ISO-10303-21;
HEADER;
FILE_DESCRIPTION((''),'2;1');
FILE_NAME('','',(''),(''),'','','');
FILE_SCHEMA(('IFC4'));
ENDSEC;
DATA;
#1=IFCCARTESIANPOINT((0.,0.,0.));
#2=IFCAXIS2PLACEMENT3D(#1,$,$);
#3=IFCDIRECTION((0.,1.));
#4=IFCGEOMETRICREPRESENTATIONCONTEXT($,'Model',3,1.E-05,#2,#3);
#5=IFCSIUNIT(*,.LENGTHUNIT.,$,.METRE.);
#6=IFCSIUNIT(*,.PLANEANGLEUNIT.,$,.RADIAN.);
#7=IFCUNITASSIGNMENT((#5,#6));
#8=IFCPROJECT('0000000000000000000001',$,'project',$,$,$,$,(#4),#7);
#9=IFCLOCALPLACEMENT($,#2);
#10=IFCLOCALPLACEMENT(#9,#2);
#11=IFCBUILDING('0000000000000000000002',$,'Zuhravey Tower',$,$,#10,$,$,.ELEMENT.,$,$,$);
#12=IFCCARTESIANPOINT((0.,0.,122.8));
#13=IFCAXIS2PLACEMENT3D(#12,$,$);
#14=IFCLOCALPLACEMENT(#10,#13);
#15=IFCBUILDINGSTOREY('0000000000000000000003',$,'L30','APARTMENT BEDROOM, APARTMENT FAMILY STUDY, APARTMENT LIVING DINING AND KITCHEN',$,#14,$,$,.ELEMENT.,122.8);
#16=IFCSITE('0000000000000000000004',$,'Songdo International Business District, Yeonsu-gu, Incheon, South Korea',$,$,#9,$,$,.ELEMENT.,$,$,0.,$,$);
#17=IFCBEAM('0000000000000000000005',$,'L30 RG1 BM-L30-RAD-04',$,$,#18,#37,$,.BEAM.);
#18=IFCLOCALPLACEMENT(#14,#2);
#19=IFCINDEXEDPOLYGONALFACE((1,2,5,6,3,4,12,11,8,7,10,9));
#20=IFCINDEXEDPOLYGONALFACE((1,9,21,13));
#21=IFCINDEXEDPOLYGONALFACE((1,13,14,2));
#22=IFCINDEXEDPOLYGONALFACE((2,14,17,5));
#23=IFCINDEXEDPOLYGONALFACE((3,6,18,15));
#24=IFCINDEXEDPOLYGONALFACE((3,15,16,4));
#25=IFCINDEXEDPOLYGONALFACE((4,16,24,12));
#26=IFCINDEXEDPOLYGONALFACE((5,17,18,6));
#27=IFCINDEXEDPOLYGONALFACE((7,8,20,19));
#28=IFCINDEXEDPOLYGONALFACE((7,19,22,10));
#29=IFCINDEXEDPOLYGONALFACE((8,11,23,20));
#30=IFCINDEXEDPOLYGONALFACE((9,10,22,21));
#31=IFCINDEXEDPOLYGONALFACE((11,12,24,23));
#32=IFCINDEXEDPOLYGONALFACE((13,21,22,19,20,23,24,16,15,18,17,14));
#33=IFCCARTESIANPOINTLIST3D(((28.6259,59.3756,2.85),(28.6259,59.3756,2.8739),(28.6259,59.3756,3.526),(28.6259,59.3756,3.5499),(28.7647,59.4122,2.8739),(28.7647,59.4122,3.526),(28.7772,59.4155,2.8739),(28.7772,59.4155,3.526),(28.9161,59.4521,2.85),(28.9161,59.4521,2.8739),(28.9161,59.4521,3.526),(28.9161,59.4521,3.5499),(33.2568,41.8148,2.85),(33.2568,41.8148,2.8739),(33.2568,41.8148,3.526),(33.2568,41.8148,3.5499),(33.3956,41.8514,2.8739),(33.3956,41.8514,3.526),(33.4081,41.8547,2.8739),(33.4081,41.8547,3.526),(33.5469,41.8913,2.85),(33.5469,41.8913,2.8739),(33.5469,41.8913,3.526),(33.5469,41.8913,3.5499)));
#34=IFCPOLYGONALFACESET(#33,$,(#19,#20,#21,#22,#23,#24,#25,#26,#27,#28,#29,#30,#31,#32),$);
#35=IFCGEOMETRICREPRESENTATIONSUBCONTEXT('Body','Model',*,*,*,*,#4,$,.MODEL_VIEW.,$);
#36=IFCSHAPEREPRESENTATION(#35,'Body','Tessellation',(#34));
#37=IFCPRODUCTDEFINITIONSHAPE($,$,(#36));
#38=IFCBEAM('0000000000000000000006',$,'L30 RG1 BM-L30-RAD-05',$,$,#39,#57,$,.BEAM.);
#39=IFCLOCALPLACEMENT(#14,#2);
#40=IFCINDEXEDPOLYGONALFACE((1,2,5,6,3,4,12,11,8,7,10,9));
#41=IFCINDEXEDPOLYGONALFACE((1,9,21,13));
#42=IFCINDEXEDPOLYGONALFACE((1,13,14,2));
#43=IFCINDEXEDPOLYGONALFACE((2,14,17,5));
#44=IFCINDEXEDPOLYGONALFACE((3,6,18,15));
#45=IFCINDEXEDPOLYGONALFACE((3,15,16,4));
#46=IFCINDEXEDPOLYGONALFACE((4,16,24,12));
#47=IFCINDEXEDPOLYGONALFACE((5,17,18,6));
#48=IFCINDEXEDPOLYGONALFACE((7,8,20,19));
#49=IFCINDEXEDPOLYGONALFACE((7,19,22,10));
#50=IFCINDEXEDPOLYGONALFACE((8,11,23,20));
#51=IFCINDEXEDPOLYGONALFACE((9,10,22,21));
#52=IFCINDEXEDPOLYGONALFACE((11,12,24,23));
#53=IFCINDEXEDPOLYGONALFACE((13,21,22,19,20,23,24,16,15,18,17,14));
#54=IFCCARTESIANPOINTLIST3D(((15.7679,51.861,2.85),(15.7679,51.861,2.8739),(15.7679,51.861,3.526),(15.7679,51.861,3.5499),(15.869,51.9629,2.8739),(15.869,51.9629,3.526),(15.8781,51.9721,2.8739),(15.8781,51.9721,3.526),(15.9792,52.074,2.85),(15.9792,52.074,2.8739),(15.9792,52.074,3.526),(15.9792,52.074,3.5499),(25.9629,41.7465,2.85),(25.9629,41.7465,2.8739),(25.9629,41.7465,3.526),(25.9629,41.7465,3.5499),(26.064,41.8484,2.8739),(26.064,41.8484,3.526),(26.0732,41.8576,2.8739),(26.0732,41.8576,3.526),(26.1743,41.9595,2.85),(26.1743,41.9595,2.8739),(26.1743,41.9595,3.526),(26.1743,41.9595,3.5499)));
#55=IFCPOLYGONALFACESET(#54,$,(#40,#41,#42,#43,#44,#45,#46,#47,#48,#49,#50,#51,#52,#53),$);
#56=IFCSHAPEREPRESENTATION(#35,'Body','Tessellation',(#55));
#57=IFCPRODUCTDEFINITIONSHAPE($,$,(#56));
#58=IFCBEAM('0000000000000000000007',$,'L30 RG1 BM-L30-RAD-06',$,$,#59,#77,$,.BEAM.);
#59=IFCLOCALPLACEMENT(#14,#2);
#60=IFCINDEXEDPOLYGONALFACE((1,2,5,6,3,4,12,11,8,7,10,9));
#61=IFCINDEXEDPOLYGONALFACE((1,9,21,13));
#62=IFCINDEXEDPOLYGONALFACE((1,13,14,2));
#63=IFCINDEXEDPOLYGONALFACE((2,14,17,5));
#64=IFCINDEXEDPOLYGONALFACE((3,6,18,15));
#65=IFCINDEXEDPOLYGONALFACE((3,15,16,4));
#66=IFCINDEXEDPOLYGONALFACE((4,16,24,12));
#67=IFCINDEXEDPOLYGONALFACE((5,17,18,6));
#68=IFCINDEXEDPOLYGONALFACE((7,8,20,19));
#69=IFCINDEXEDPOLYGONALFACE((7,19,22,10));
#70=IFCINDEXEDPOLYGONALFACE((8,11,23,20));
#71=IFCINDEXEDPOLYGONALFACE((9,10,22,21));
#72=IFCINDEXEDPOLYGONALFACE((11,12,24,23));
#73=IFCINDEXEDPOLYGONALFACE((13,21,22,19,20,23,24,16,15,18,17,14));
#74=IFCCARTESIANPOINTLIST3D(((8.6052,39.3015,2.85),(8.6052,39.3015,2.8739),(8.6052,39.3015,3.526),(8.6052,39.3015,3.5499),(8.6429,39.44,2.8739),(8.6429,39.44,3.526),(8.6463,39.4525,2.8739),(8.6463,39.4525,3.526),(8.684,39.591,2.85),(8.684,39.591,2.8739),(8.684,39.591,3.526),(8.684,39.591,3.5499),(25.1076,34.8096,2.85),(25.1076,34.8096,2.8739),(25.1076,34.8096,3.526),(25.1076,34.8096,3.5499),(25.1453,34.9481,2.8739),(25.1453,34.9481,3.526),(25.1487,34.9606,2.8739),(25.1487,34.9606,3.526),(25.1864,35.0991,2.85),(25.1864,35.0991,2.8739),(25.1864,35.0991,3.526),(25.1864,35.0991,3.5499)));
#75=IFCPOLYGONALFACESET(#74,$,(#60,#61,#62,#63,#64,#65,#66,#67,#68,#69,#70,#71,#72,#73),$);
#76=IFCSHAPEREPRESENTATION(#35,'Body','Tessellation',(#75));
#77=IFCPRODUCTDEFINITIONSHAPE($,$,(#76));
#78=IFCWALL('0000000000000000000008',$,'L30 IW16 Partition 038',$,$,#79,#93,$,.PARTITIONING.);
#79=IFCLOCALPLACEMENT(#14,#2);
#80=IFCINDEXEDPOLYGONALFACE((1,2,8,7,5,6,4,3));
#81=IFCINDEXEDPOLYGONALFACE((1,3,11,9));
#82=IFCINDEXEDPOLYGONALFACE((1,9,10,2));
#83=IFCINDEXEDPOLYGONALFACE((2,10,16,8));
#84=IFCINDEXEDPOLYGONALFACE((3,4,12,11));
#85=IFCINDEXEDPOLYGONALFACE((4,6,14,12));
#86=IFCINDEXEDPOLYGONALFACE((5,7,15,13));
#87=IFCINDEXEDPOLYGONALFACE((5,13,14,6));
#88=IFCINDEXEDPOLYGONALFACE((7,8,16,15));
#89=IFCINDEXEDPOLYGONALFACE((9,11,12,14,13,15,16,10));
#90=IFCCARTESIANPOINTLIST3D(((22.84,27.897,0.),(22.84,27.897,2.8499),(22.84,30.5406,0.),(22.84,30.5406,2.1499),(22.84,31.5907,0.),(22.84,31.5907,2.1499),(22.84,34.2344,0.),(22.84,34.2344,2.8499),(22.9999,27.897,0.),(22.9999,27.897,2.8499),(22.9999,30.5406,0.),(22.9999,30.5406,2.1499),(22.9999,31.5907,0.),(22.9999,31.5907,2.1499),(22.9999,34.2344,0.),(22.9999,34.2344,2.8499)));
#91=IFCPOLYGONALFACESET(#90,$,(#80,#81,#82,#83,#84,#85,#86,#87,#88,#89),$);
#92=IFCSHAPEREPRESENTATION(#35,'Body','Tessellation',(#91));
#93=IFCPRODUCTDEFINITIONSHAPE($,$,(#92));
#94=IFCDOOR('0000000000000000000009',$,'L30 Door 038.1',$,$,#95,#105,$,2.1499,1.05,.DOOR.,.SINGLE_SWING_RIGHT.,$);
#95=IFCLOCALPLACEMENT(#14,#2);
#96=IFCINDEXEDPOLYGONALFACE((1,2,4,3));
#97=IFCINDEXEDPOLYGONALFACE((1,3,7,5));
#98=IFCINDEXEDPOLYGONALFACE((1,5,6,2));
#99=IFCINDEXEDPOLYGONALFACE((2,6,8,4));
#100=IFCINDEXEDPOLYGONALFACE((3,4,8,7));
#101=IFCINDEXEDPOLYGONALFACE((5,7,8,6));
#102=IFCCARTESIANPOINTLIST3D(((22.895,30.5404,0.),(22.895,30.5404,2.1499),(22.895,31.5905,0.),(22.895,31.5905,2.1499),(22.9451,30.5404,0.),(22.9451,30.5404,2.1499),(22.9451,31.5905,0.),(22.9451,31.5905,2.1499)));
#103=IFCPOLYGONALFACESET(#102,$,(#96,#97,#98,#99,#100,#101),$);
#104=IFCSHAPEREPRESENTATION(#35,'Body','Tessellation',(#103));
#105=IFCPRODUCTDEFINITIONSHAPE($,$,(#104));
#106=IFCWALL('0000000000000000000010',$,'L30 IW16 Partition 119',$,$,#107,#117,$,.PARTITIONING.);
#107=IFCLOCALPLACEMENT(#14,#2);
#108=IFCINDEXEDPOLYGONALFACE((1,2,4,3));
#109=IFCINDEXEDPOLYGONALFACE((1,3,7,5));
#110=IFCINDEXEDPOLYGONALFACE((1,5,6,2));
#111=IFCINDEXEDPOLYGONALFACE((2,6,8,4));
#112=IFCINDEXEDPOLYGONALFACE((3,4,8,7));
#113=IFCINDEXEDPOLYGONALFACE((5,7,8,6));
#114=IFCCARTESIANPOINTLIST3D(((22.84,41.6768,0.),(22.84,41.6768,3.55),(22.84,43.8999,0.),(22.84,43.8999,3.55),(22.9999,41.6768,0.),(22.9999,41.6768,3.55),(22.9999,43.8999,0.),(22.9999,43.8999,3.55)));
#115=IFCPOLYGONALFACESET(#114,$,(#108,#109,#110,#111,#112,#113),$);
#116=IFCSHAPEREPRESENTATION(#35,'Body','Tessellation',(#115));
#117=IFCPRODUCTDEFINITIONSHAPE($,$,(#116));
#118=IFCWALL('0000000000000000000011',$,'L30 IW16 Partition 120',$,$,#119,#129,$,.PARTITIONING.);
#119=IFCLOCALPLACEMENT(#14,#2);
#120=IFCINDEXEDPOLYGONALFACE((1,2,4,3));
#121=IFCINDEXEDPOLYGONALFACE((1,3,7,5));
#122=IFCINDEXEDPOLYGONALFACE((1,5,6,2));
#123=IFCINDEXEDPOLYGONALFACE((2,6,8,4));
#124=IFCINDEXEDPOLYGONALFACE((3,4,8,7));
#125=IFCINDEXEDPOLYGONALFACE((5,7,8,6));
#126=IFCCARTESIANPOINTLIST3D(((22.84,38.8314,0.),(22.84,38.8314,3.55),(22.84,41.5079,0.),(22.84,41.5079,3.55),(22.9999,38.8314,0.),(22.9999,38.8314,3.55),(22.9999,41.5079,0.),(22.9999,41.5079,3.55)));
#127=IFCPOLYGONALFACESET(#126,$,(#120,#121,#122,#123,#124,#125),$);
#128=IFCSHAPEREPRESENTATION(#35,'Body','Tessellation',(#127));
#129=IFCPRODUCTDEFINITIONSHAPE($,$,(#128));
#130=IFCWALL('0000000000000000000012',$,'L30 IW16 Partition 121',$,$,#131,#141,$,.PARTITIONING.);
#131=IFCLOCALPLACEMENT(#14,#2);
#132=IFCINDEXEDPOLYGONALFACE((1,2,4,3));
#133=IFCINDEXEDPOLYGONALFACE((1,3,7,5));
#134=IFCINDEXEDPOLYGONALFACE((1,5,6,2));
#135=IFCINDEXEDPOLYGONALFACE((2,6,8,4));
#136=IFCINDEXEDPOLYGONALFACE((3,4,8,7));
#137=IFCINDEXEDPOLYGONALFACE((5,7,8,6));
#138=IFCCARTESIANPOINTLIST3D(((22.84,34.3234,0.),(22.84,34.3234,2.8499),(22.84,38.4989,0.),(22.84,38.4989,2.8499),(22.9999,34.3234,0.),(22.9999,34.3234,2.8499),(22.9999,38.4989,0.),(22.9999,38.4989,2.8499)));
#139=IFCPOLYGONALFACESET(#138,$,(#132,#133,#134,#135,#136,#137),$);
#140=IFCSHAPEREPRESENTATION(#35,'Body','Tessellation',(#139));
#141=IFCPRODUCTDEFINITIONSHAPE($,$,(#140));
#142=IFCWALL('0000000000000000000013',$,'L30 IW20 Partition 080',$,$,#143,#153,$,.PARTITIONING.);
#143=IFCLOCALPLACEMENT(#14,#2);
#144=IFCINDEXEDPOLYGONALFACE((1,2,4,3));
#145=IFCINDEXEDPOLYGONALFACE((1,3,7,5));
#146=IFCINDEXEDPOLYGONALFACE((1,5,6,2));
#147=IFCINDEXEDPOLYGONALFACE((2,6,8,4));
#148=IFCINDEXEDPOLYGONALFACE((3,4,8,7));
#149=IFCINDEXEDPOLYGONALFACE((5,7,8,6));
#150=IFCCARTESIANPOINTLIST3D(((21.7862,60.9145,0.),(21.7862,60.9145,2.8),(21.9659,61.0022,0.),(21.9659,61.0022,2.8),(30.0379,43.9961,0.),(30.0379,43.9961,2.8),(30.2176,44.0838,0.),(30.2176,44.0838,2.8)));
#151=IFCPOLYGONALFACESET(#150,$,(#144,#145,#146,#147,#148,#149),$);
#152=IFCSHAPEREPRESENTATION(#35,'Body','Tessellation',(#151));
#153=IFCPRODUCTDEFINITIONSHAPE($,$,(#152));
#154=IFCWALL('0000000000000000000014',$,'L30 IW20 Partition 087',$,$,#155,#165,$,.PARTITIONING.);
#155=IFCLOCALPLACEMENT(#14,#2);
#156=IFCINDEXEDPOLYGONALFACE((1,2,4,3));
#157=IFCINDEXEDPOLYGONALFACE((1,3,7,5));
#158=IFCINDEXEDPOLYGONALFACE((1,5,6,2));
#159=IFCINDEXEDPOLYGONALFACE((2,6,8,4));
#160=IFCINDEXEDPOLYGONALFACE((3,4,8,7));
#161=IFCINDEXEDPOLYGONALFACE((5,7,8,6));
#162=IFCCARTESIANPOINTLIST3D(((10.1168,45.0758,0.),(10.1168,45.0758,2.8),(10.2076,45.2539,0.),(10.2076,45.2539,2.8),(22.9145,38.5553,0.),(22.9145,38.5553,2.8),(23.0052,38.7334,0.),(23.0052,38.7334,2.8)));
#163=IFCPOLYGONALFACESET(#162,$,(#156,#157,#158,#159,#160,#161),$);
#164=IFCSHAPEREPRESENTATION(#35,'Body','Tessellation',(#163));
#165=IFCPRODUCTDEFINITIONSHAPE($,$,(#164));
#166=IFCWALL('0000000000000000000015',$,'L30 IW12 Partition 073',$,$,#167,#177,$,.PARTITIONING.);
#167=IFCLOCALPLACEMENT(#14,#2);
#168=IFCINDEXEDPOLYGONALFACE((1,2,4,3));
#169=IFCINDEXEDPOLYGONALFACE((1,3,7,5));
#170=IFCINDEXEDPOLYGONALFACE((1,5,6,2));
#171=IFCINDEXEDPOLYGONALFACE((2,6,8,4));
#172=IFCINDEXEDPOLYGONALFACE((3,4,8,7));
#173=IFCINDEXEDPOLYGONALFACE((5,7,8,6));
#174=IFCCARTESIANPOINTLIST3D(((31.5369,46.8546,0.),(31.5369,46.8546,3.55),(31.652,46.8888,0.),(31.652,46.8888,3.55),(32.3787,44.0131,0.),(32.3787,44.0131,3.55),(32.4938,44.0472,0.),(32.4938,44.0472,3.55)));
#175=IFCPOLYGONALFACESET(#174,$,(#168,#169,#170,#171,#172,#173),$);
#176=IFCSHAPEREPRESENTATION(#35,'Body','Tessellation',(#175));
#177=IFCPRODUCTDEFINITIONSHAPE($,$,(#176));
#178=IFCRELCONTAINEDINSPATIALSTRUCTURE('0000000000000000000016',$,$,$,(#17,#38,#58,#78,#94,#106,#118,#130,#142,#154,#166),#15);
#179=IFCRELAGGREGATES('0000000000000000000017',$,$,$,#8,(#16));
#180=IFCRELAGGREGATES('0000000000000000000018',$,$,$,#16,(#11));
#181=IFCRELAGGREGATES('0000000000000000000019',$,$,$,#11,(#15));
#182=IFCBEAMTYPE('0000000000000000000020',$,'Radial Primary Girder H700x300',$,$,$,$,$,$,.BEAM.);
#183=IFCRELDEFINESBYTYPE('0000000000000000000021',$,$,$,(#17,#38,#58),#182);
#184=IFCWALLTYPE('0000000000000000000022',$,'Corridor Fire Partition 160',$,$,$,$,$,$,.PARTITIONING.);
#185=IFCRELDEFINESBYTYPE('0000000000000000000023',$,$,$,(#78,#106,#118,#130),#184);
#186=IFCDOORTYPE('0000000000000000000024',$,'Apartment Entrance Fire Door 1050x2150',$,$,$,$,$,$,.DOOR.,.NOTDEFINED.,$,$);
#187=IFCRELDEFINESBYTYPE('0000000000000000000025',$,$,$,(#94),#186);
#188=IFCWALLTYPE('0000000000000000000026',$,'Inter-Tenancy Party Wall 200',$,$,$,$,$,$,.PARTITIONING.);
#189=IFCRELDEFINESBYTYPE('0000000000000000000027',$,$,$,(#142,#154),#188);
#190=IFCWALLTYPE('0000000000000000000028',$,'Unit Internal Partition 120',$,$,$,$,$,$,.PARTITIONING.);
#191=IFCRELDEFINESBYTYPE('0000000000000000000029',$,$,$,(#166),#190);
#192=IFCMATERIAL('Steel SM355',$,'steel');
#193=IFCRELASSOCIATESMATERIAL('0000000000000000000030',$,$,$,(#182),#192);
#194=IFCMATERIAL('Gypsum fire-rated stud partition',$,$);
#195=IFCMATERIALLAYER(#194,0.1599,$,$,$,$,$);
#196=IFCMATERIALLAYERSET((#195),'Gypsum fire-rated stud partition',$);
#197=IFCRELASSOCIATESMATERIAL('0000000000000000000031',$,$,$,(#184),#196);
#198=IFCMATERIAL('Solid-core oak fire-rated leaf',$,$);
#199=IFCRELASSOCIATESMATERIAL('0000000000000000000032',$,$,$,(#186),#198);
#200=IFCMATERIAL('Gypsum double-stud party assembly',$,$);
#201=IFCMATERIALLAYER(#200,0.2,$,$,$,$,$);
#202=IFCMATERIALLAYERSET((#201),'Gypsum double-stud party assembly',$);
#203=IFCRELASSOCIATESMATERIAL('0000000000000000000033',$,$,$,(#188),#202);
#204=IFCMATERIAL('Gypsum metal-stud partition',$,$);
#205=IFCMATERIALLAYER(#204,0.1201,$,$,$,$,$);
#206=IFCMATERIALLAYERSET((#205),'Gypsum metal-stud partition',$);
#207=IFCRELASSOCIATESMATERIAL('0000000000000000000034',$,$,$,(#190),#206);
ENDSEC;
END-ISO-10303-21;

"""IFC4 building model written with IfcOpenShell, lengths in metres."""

from ifc_helpers import new_model, si_unit, direction, frame, frame_2d, origin, origin_2d, place, context, subcontext, project, spatial, rectangle, i_section, extrude, material, layer, layer_set, material_profile, profile_set, type_object, element, fill, save


model = new_model("IFC4")

# Units and contexts
model_context = context("Model", 3, precision=1e-05, world=origin(), true_north=direction((0.0, 1.0)))
body_context = subcontext(model_context, "Body", "Model", "MODEL_VIEW")
ifc_project = project(units=[si_unit("LENGTHUNIT", "METRE"), si_unit("PLANEANGLEUNIT", "RADIAN")], contexts=[model_context])

# Site, building, storey
site_placement = place(None, origin())
site = spatial("IfcSite", under=ifc_project, at=site_placement, Name="Songdo International Business District, Yeonsu-gu, Incheon, South Korea", CompositionType="ELEMENT", RefElevation=0.0)
building_placement = place(site_placement, origin())
building = spatial("IfcBuilding", under=site, at=building_placement, Name="Zuhravey Tower", CompositionType="ELEMENT")
storey_placement = place(building_placement, frame((0.0, 0.0, 122.8)))
storey = spatial("IfcBuildingStorey", under=building, at=storey_placement, Name="L30", Description="APARTMENT BEDROOM, APARTMENT FAMILY STUDY, APARTMENT LIVING DINING AND KITCHEN", CompositionType="ELEMENT", Elevation=122.8)

# Beams
ifc_material_1 = material(Name="Steel SM355", Category="steel")
ifc_material_profile = material_profile(ifc_material_1, i_section(OverallWidth=0.3, OverallDepth=0.7, WebThickness=0.0129, FlangeThickness=0.0239, at=origin_2d()), Name="H-700x300x13x24")
ifc_profile_set = profile_set([ifc_material_profile], Name="Steel SM355")
beam_type = type_object("IfcBeamType", Name="Radial Primary Girder H700x300", PredefinedType="BEAM", material=ifc_profile_set)
beam_1_placement = place(storey_placement, frame((33.4019, 41.853, 3.2), z_axis=(-0.254988, 0.966944, 0.0), x_axis=(-0.966944, -0.254988, 0.0)))
element("IfcBeam", 1, at=beam_1_placement, inside=storey, type_object=beam_type, Name="L30 RG1 BM-L30-RAD-04", PredefinedType="BEAM", context=body_context, shape_type="SweptSolid", body=[
    extrude(i_section(OverallWidth=0.3, OverallDepth=0.7, WebThickness=0.0129, FlangeThickness=0.0239, at=origin_2d()), origin(), (0.0, 0.0, 1.0), 18.1611),
])
beam_2_placement = place(storey_placement, frame((26.0686, 41.853, 3.2), z_axis=(-0.709906, 0.704296, 0.0), x_axis=(-0.704296, -0.709906, 0.0)))
element("IfcBeam", 2, at=beam_2_placement, inside=storey, type_object=beam_type, Name="L30 RG1 BM-L30-RAD-05", PredefinedType="BEAM", context=body_context, shape_type="SweptSolid", body=[
    extrude(i_section(OverallWidth=0.3, OverallDepth=0.7, WebThickness=0.0129, FlangeThickness=0.0239, at=origin_2d()), origin(), (0.0, 0.0, 1.0), 14.3611),
])
beam_3_placement = place(storey_placement, frame((25.147, 34.9543, 3.2), z_axis=(-0.964893, 0.262643, 0.0), x_axis=(-0.262643, -0.964893, 0.0)))
element("IfcBeam", 3, at=beam_3_placement, inside=storey, type_object=beam_type, Name="L30 RG1 BM-L30-RAD-06", PredefinedType="BEAM", context=body_context, shape_type="SweptSolid", body=[
    extrude(i_section(OverallWidth=0.3, OverallDepth=0.7, WebThickness=0.0129, FlangeThickness=0.0239, at=origin_2d()), origin(), (0.0, 0.0, 1.0), 17.1028),
])

# Wall, opening, door
ifc_material_2 = material(Name="Gypsum fire-rated stud partition")
ifc_layer_1 = layer(ifc_material_2, 0.1599)
ifc_layer_set_1 = layer_set([ifc_layer_1], Name="Gypsum fire-rated stud partition")
wall_type_1 = type_object("IfcWallType", Name="Corridor Fire Partition 160", PredefinedType="PARTITIONING", material=ifc_layer_set_1)
wall_1_placement = place(storey_placement, frame((22.9199, 34.2344, 0.0), z_axis=(0.0, 0.0, 1.0), x_axis=(0.0, -1.0, 0.0)))
wall_1 = element("IfcWall", 4, at=wall_1_placement, inside=storey, type_object=wall_type_1, Name="L30 IW16 Partition 038", PredefinedType="PARTITIONING", context=body_context, shape_type="SweptSolid", body=[
    extrude(rectangle(XDim=6.3374, YDim=0.1599, at=frame_2d((3.1687, 0.0))), origin(), (0.0, 0.0, 1.0), 2.8499),
])
opening_placement = place(wall_1_placement, frame((2.6438, 0.0, 0.0)))
opening = element("IfcOpeningElement", 5, at=opening_placement, cuts=wall_1, PredefinedType="OPENING", context=body_context, shape_type="SweptSolid", body=[
    extrude(rectangle(XDim=1.05, YDim=2.1499, at=frame_2d((0.5249, 1.075))), frame((0.0, 0.092, 0.0), z_axis=(0.0, -1.0, 0.0), x_axis=(1.0, 0.0, 0.0)), (0.0, 0.0, 1.0), 0.1838),
])
ifc_material_3 = material(Name="Solid-core oak fire-rated leaf")
door_type = type_object("IfcDoorType", Name="Apartment Entrance Fire Door 1050x2150", OperationType="NOTDEFINED", PredefinedType="DOOR", material=ifc_material_3)
door_placement = place(opening_placement, frame((1.05, 0.0, 0.0), z_axis=(0.0, 0.0, 1.0), x_axis=(-1.0, 0.0, 0.0)))
door = element("IfcDoor", 6, at=door_placement, inside=storey, type_object=door_type, Name="L30 Door 038.1", OperationType="SINGLE_SWING_RIGHT", OverallHeight=2.1499, OverallWidth=1.05, PredefinedType="DOOR", context=body_context, shape_type="SweptSolid", body=[
    extrude(rectangle(XDim=1.05, YDim=2.1499, at=frame_2d((0.5249, 1.075))), frame((0.0, 0.0249, 0.0), z_axis=(0.0, -1.0, 0.0), x_axis=(1.0, 0.0, 0.0)), (0.0, 0.0, 1.0), 0.05),
])
fill(opening, door)

# Walls
wall_2_placement = place(storey_placement, frame((22.9199, 43.8999, 0.0), z_axis=(0.0, 0.0, 1.0), x_axis=(0.0, -1.0, 0.0)))
element("IfcWall", 7, at=wall_2_placement, inside=storey, type_object=wall_type_1, Name="L30 IW16 Partition 119", PredefinedType="PARTITIONING", context=body_context, shape_type="SweptSolid", body=[
    extrude(rectangle(XDim=2.2231, YDim=0.1599, at=frame_2d((1.1116, 0.0))), origin(), (0.0, 0.0, 1.0), 3.55),
])
wall_3_placement = place(storey_placement, frame((22.9199, 41.5081, 0.0), z_axis=(0.0, 0.0, 1.0), x_axis=(0.0, -1.0, 0.0)))
element("IfcWall", 8, at=wall_3_placement, inside=storey, type_object=wall_type_1, Name="L30 IW16 Partition 120", PredefinedType="PARTITIONING", context=body_context, shape_type="SweptSolid", body=[
    extrude(rectangle(XDim=2.6765, YDim=0.1599, at=frame_2d((1.3384, 0.0))), origin(), (0.0, 0.0, 1.0), 3.55),
])
wall_4_placement = place(storey_placement, frame((22.9199, 38.499, 0.0), z_axis=(0.0, 0.0, 1.0), x_axis=(0.0, -1.0, 0.0)))
element("IfcWall", 9, at=wall_4_placement, inside=storey, type_object=wall_type_1, Name="L30 IW16 Partition 121", PredefinedType="PARTITIONING", context=body_context, shape_type="SweptSolid", body=[
    extrude(rectangle(XDim=4.1755, YDim=0.1599, at=frame_2d((2.0879, 0.0))), origin(), (0.0, 0.0, 1.0), 2.8499),
])
ifc_material_4 = material(Name="Gypsum double-stud party assembly")
ifc_layer_2 = layer(ifc_material_4, 0.2)
ifc_layer_set_2 = layer_set([ifc_layer_2], Name="Gypsum double-stud party assembly")
wall_type_2 = type_object("IfcWallType", Name="Inter-Tenancy Party Wall 200", PredefinedType="PARTITIONING", material=ifc_layer_set_2)
wall_5_placement = place(storey_placement, frame((30.1277, 44.04, 0.0), z_axis=(0.0, 0.0, 1.0), x_axis=(-0.438372, 0.898793, 0.0)))
element("IfcWall", 10, at=wall_5_placement, inside=storey, type_object=wall_type_2, Name="L30 IW20 Partition 080", PredefinedType="PARTITIONING", context=body_context, shape_type="SweptSolid", body=[
    extrude(rectangle(XDim=18.8235, YDim=0.2, at=frame_2d((9.4116, 0.0))), origin(), (0.0, 0.0, 1.0), 2.8),
])
wall_6_placement = place(storey_placement, frame((22.96, 38.6443, 0.0), z_axis=(0.0, 0.0, 1.0), x_axis=(-0.891012, 0.45398, 0.0)))
element("IfcWall", 11, at=wall_6_placement, inside=storey, type_object=wall_type_2, Name="L30 IW20 Partition 087", PredefinedType="PARTITIONING", context=body_context, shape_type="SweptSolid", body=[
    extrude(rectangle(XDim=14.363, YDim=0.2, at=frame_2d((7.1816, 0.0))), origin(), (0.0, 0.0, 1.0), 2.8),
])
ifc_material_5 = material(Name="Gypsum metal-stud partition")
ifc_layer_3 = layer(ifc_material_5, 0.1201)
ifc_layer_set_3 = layer_set([ifc_layer_3], Name="Gypsum metal-stud partition")
wall_type_3 = type_object("IfcWallType", Name="Unit Internal Partition 120", PredefinedType="PARTITIONING", material=ifc_layer_set_3)
wall_7_placement = place(storey_placement, frame((32.4363, 44.03, 0.0), z_axis=(0.0, 0.0, 1.0), x_axis=(-0.284043, 0.958811, 0.0)))
element("IfcWall", 12, at=wall_7_placement, inside=storey, type_object=wall_type_3, Name="L30 IW12 Partition 073", PredefinedType="PARTITIONING", context=body_context, shape_type="SweptSolid", body=[
    extrude(rectangle(XDim=2.9636, YDim=0.1201, at=frame_2d((1.4819, 0.0))), origin(), (0.0, 0.0, 1.0), 3.55),
])

save(model, "model.ifc")
